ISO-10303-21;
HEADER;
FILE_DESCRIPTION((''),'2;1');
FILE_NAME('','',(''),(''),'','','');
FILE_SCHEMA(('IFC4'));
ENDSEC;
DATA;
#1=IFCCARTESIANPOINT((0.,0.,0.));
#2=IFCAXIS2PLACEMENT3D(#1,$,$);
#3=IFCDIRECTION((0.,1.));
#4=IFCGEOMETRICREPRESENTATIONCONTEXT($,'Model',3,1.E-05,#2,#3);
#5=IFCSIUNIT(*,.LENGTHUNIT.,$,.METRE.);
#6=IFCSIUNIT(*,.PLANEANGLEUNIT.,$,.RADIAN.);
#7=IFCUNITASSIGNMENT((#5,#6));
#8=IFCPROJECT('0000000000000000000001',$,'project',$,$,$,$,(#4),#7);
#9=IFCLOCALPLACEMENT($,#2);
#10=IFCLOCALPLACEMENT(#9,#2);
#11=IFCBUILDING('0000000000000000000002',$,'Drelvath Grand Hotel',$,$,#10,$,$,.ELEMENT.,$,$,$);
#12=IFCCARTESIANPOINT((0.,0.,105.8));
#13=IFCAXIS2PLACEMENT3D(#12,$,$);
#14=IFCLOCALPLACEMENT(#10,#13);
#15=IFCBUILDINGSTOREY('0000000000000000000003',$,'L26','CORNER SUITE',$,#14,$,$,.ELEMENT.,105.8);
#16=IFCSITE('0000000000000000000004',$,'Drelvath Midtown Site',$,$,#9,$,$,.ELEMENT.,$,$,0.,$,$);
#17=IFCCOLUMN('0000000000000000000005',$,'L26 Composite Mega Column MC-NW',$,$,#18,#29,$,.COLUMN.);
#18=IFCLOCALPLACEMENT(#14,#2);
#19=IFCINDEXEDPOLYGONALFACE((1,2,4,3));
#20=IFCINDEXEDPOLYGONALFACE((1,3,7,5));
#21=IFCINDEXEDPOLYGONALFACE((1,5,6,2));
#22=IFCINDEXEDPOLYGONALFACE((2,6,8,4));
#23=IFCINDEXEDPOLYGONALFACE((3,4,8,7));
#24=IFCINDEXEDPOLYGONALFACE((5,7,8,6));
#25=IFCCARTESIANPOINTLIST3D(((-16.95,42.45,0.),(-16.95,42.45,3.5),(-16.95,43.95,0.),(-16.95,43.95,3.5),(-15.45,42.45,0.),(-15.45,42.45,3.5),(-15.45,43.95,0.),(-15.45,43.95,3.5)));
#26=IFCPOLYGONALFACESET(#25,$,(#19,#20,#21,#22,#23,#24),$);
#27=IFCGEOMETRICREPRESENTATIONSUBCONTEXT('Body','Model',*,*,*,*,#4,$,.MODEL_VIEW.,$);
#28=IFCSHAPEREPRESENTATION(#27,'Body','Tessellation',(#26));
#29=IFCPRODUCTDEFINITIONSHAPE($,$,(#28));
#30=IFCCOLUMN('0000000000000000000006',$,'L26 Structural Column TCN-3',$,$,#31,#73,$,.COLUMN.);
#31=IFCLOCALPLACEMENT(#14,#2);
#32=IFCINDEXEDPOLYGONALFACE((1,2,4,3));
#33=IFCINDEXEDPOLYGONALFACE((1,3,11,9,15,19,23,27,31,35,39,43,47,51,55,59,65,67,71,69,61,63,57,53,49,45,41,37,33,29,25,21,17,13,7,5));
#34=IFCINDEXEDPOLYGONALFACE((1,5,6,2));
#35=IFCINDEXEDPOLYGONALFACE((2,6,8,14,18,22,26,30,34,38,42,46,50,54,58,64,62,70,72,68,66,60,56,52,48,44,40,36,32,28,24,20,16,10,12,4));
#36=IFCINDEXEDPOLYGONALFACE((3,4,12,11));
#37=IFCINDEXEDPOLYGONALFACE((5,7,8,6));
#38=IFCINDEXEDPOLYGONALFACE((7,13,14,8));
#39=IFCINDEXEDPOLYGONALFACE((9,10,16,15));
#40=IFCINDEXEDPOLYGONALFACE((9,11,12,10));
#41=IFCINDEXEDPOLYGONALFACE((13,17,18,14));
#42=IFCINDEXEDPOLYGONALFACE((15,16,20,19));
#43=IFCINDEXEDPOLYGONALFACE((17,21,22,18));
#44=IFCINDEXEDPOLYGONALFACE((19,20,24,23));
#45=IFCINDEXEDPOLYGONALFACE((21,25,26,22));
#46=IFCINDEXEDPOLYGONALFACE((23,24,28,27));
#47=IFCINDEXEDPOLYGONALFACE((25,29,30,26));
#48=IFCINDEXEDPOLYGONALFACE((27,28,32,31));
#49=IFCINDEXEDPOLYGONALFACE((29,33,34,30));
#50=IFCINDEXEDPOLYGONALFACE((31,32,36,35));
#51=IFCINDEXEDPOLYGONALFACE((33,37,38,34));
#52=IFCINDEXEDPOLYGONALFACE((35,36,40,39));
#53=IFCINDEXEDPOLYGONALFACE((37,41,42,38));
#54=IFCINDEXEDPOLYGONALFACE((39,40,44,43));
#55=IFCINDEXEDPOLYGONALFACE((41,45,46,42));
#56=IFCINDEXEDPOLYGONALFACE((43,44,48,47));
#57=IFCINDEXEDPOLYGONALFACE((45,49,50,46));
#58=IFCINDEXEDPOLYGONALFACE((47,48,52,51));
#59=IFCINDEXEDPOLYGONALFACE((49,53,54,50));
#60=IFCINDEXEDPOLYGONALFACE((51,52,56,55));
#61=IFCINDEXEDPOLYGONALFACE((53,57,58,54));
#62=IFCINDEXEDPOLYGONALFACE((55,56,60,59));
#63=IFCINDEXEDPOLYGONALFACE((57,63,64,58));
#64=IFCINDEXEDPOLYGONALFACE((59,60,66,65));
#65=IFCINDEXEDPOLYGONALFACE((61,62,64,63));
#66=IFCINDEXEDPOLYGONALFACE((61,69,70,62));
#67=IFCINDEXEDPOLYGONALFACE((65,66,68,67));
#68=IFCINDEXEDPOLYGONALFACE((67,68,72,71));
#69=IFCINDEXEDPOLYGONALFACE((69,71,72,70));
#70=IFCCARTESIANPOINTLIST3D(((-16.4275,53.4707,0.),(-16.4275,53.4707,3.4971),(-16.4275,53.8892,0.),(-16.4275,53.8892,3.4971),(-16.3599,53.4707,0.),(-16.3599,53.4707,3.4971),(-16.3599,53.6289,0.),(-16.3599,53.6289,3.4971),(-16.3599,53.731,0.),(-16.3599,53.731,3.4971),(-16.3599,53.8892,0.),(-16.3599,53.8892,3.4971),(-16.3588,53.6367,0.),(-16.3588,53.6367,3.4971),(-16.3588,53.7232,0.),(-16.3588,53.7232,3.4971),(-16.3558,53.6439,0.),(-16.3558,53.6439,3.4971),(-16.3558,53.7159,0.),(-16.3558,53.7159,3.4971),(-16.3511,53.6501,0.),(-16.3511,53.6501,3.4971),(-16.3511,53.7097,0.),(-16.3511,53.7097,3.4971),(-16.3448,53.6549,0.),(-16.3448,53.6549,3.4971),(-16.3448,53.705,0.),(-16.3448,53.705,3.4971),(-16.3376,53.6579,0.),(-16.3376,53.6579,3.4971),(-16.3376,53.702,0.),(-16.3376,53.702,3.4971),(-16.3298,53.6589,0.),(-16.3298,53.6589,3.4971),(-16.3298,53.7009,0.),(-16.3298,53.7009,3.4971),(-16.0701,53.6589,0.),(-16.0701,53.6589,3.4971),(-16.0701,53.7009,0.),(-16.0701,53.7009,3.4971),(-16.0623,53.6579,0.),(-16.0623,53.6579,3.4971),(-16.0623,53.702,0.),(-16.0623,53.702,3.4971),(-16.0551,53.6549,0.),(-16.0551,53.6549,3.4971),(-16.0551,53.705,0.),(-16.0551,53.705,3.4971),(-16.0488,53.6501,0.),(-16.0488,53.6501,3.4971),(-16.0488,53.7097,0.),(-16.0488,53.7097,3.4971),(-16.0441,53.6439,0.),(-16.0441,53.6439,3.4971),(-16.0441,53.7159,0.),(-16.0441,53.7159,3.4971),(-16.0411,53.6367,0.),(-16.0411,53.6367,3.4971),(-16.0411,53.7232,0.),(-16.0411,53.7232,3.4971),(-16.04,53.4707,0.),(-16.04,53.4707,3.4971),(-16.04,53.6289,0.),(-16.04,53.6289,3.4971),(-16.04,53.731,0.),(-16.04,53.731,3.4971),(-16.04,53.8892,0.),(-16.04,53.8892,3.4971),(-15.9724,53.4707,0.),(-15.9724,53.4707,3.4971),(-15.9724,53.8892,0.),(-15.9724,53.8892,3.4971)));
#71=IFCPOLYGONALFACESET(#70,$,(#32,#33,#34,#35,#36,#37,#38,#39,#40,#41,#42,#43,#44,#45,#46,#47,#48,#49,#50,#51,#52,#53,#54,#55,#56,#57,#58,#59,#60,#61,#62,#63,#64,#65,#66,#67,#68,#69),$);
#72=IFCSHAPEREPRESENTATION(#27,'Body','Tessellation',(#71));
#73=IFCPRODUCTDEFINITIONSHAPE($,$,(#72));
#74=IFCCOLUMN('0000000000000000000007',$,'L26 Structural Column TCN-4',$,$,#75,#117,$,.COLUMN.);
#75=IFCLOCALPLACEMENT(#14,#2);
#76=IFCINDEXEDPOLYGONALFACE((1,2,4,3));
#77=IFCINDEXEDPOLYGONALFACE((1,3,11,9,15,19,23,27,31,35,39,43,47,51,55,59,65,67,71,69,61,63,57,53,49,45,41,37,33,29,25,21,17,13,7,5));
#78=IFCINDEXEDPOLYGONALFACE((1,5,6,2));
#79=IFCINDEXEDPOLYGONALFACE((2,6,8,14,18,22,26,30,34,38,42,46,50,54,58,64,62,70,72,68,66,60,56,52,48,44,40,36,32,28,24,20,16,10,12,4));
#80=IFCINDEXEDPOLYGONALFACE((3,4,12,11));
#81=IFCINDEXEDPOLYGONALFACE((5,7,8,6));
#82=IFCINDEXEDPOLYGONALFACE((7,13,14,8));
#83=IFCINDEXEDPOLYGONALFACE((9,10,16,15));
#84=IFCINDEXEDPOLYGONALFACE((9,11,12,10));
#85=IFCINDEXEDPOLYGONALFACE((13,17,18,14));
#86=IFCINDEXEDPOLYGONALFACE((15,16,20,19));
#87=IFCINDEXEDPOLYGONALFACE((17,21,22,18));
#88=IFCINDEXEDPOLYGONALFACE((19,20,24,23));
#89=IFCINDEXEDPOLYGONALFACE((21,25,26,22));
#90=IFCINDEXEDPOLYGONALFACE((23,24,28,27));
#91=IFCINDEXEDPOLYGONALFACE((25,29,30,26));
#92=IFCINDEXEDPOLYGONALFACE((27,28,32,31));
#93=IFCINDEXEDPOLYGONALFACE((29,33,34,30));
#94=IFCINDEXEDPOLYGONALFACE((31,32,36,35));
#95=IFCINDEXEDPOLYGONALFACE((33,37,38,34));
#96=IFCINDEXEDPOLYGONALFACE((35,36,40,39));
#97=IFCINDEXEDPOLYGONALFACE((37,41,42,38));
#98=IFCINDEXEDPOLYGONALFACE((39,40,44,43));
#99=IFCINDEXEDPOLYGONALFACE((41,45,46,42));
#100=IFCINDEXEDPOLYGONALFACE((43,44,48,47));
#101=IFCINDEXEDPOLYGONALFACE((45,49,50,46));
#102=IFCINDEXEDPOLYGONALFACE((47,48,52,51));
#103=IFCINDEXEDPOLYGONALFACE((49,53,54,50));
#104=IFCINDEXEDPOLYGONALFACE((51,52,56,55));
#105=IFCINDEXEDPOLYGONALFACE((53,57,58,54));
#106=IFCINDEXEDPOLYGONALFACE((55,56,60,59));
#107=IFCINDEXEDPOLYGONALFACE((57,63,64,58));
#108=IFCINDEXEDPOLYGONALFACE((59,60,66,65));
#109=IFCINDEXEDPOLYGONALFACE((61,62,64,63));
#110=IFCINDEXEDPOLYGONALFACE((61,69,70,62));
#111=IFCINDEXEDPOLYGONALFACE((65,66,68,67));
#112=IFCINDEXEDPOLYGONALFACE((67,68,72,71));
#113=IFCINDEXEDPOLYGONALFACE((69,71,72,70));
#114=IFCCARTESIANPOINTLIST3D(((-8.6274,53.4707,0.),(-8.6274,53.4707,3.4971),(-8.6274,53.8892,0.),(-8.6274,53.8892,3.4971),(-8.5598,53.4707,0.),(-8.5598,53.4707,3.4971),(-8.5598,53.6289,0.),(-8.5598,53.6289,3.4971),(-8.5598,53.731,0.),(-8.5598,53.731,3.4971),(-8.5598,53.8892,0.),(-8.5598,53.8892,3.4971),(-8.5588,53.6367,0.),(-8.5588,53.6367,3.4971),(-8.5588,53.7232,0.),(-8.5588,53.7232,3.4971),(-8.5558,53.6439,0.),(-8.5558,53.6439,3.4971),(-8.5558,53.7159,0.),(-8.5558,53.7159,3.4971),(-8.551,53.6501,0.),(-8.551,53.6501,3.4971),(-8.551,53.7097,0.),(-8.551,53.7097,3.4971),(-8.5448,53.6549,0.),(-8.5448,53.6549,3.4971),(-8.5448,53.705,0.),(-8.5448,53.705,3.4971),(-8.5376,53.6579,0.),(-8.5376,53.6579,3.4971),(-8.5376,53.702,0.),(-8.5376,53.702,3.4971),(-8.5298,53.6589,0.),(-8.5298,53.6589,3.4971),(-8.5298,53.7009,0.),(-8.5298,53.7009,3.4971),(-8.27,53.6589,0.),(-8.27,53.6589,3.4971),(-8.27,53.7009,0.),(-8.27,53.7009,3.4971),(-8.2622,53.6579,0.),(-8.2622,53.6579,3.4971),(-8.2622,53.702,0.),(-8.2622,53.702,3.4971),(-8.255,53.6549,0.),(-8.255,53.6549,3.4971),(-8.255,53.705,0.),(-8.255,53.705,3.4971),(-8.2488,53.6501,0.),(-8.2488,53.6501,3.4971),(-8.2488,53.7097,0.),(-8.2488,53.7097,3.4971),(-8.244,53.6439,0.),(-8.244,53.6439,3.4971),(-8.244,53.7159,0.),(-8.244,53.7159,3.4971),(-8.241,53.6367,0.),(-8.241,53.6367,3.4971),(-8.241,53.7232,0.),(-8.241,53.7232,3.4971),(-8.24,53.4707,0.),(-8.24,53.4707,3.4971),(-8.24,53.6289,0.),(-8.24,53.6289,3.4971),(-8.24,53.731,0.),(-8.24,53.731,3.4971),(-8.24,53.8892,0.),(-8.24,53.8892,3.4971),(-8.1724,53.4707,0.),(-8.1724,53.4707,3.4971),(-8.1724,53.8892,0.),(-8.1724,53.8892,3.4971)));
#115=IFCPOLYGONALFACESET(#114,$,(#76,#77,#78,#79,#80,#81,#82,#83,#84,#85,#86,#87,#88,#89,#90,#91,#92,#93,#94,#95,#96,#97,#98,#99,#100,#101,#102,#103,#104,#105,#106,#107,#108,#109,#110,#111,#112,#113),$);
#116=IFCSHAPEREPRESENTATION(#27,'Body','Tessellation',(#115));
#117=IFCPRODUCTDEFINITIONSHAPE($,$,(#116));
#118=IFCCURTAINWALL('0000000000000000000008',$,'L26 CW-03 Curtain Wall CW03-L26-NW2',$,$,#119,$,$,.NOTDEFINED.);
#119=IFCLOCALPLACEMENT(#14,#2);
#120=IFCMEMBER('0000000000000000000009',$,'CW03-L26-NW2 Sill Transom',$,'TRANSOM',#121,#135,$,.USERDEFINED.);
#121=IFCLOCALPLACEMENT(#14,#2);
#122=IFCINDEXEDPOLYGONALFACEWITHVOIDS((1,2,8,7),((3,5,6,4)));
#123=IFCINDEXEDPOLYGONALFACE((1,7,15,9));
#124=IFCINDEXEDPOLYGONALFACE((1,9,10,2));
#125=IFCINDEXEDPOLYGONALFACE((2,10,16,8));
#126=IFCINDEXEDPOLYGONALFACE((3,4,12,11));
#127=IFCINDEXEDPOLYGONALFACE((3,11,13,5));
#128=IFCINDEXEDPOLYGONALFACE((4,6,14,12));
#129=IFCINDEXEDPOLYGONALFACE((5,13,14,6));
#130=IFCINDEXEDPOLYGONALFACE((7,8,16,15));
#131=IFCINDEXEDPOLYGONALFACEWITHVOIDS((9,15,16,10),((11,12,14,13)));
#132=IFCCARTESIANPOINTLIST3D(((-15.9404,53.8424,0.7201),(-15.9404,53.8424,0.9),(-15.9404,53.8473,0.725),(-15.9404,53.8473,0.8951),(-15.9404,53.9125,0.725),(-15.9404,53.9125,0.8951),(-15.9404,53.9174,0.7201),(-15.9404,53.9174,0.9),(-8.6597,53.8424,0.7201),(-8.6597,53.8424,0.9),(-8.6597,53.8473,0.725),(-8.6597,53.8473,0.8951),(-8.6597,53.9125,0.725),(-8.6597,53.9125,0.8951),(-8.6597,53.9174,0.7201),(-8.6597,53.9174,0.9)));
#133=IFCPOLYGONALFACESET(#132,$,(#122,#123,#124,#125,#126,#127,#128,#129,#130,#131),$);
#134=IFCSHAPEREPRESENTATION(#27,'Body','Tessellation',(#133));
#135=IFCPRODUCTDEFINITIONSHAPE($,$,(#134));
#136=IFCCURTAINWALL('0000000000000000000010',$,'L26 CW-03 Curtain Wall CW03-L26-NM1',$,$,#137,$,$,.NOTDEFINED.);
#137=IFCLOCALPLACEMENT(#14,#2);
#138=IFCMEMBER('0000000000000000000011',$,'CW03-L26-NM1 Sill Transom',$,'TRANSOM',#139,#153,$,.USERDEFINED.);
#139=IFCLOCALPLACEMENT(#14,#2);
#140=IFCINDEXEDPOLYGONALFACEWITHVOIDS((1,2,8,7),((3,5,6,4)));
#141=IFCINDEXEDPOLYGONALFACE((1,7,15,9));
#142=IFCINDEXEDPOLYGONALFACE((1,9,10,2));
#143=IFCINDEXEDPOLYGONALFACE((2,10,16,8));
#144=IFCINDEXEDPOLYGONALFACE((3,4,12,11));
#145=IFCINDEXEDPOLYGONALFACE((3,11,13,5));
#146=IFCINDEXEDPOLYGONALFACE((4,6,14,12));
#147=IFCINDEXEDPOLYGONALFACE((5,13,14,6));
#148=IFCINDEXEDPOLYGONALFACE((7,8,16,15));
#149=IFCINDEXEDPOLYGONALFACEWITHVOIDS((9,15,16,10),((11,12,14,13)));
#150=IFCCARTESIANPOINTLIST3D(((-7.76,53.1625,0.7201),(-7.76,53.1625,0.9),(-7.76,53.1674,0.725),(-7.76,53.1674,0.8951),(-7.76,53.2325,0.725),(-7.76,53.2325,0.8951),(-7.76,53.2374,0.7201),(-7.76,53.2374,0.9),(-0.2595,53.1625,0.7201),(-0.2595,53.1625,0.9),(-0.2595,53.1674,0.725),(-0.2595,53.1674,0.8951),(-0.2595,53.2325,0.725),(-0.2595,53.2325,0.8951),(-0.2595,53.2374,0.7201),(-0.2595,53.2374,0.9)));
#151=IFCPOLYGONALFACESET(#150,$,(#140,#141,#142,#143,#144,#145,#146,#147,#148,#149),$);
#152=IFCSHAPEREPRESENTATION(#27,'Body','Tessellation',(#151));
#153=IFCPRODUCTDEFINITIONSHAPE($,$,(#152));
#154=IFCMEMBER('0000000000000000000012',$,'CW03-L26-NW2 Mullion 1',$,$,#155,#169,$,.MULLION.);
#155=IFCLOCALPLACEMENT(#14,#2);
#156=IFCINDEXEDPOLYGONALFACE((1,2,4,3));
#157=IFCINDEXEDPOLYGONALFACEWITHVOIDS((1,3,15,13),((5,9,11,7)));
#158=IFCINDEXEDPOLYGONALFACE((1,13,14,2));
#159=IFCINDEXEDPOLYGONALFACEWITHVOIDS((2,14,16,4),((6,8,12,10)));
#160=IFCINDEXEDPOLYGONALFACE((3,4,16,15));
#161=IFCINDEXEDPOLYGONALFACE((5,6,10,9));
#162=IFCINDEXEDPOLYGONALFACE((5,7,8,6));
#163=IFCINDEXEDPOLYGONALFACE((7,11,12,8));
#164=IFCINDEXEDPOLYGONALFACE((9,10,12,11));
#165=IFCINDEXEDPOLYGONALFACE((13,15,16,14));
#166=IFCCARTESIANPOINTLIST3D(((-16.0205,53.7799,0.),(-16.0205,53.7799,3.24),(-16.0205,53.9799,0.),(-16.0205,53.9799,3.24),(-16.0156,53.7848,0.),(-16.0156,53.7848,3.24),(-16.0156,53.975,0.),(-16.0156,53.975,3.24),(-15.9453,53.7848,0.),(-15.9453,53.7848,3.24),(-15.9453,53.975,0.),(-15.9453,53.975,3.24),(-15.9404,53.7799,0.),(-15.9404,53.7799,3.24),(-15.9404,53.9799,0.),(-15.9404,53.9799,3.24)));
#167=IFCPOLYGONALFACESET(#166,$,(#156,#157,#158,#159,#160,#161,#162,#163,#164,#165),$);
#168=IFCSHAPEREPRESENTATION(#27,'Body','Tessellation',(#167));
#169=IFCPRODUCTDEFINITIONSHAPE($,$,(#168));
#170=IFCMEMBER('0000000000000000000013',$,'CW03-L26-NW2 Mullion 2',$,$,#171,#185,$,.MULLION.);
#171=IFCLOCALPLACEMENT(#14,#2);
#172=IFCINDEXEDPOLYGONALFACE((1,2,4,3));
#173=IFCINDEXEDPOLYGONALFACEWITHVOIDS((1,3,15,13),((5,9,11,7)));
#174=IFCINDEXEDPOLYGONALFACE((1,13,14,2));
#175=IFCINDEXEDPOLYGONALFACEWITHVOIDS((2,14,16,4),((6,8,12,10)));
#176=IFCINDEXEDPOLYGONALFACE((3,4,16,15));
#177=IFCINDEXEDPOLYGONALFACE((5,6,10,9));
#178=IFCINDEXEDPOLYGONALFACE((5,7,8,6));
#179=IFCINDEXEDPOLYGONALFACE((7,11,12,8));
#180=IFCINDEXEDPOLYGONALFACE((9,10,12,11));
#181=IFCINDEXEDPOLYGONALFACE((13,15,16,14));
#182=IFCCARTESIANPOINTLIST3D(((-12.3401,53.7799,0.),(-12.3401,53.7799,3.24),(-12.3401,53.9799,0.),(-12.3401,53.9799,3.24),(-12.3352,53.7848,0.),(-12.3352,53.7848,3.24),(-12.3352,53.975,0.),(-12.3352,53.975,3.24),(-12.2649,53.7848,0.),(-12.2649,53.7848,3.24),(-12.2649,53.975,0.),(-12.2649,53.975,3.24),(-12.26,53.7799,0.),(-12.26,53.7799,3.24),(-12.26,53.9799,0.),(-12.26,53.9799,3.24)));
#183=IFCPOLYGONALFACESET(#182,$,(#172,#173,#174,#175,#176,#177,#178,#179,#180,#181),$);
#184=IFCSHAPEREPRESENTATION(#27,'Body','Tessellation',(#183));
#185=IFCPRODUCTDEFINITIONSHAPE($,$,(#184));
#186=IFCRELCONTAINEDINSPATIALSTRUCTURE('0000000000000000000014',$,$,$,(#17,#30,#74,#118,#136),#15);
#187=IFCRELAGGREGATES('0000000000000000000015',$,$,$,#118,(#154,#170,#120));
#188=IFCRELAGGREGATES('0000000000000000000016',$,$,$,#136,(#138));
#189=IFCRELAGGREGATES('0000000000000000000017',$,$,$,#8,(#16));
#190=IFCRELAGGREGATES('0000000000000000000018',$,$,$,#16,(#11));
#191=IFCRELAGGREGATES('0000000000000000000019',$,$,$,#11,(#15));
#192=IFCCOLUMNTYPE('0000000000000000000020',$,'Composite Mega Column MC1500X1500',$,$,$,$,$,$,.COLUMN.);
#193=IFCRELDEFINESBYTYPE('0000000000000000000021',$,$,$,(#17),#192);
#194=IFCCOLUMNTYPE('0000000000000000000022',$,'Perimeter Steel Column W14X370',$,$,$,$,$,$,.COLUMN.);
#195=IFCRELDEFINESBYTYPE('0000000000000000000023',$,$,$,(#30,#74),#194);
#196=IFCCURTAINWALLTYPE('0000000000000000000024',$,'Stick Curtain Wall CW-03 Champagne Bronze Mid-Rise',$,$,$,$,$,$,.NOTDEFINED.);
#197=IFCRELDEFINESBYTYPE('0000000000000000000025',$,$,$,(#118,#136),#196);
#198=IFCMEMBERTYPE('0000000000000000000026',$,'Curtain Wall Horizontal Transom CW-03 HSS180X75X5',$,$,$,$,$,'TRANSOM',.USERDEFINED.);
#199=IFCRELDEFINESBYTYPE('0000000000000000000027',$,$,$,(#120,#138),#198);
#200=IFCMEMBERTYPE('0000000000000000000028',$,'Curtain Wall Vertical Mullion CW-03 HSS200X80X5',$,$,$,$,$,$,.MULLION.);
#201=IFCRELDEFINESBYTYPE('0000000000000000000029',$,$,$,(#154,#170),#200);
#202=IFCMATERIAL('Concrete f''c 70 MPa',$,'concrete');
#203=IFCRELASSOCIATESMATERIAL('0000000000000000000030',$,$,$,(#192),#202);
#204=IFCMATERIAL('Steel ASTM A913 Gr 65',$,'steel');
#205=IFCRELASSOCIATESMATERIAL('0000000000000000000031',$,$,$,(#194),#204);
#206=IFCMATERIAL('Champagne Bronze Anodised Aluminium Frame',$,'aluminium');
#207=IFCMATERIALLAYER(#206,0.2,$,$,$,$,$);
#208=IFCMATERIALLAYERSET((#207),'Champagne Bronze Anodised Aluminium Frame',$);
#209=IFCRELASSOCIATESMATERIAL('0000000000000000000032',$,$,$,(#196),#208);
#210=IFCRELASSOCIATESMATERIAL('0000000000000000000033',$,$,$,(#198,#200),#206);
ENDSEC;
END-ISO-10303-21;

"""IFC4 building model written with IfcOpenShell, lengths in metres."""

from ifc_helpers import new_model, si_unit, direction, frame, origin, origin_2d, place, context, subcontext, project, spatial, rectangle, hollow_rectangle, i_section, extrude, material, layer, layer_set, material_profile, profile_set, type_object, element, aggregate, save


model = new_model("IFC4")

# Units and contexts
model_context = context("Model", 3, precision=1e-05, world=origin(), true_north=direction((0.0, 1.0)))
body_context = subcontext(model_context, "Body", "Model", "MODEL_VIEW")
ifc_project = project(units=[si_unit("LENGTHUNIT", "METRE"), si_unit("PLANEANGLEUNIT", "RADIAN")], contexts=[model_context])

# Site, building, storey
site_placement = place(None, origin())
site = spatial("IfcSite", under=ifc_project, at=site_placement, Name="Drelvath Midtown Site", CompositionType="ELEMENT", RefElevation=0.0)
building_placement = place(site_placement, origin())
building = spatial("IfcBuilding", under=site, at=building_placement, Name="Drelvath Grand Hotel", CompositionType="ELEMENT")
storey_placement = place(building_placement, frame((0.0, 0.0, 105.8)))
storey = spatial("IfcBuildingStorey", under=building, at=storey_placement, Name="L26", Description="CORNER SUITE", CompositionType="ELEMENT", Elevation=105.8)

# Columns
ifc_material_1 = material(Name="Concrete f'c 70 MPa", Category="concrete")
ifc_material_profile_1 = material_profile(ifc_material_1, rectangle(XDim=1.5, YDim=1.5, at=origin_2d()), Name="MC1500X1500")
ifc_profile_set_1 = profile_set([ifc_material_profile_1], Name="Concrete f'c 70 MPa")
column_type_1 = type_object("IfcColumnType", Name="Composite Mega Column MC1500X1500", PredefinedType="COLUMN", material=ifc_profile_set_1)
column_placement = place(storey_placement, frame((-16.2, 43.2, 0.0), z_axis=(0.0, 0.0, 1.0), x_axis=(1.0, 0.0, 0.0)))
element("IfcColumn", 1, at=column_placement, inside=storey, type_object=column_type_1, Name="L26 Composite Mega Column MC-NW", PredefinedType="COLUMN", context=body_context, shape_type="SweptSolid", body=[
    extrude(rectangle(XDim=1.5, YDim=1.5, at=origin_2d()), origin(), (0.0, 0.0, 1.0), 3.5),
])
ifc_material_2 = material(Name="Steel ASTM A913 Gr 65", Category="steel")
ifc_material_profile_2 = material_profile(ifc_material_2, i_section(OverallWidth=0.4185, OverallDepth=0.4551, WebThickness=0.042, FlangeThickness=0.0676, FilletRadius=0.03, at=origin_2d()), Name="W14X370")
ifc_profile_set_2 = profile_set([ifc_material_profile_2], Name="Steel ASTM A913 Gr 65")
column_type_2 = type_object("IfcColumnType", Name="Perimeter Steel Column W14X370", PredefinedType="COLUMN", material=ifc_profile_set_2)
for number, where, z_axis, x_axis, name in (
    (2, (-16.2, 53.6799, 0.0), (0.0, 0.0, 1.0), (0.0, 1.0, 0.0), "L26 Structural Column TCN-3"),
    (3, (-8.3999, 53.6799, 0.0), (0.0, 0.0, 1.0), (0.0, 1.0, 0.0), "L26 Structural Column TCN-4"),
):
    element("IfcColumn", number, at=place(storey_placement, frame(where, z_axis=z_axis, x_axis=x_axis)), inside=storey, type_object=column_type_2, Name=name, PredefinedType="COLUMN", context=body_context, shape_type="SweptSolid", body=[
        extrude(i_section(OverallWidth=0.4185, OverallDepth=0.4551, WebThickness=0.042, FlangeThickness=0.0676, FilletRadius=0.03, at=origin_2d()), origin(), (0.0, 0.0, 1.0), 3.4971),
    ])

# Curtain walls, members
ifc_material_3 = material(Name="Champagne Bronze Anodised Aluminium Frame", Category="aluminium")
ifc_layer_1 = layer(ifc_material_3, 0.2)
ifc_layer_set_1 = layer_set([ifc_layer_1], Name="Champagne Bronze Anodised Aluminium Frame")
curtain_wall_type = type_object("IfcCurtainWallType", Name="Stick Curtain Wall CW-03 Champagne Bronze Mid-Rise", PredefinedType="NOTDEFINED", material=ifc_layer_set_1)
curtain_wall_1_placement = place(storey_placement, origin())
curtain_wall_1 = element("IfcCurtainWall", 4, at=curtain_wall_1_placement, inside=storey, type_object=curtain_wall_type, Name="L26 CW-03 Curtain Wall CW03-L26-NW2", PredefinedType="NOTDEFINED")
ifc_material_profile_3 = material_profile(ifc_material_3, hollow_rectangle(XDim=0.075, YDim=0.1799, WallThickness=0.0049, at=origin_2d()), Name="HSS180X75X5")
ifc_profile_set_3 = profile_set([ifc_material_profile_3], Name="Champagne Bronze Anodised Aluminium Frame")
member_type_1 = type_object("IfcMemberType", Name="Curtain Wall Horizontal Transom CW-03 HSS180X75X5", ElementType="TRANSOM", PredefinedType="USERDEFINED", material=ifc_profile_set_3)
member_1_placement = place(storey_placement, frame((-15.9404, 53.8799, 0.8101), z_axis=(1.0, 0.0, 0.0), x_axis=(0.0, 1.0, 0.0)))
member_1 = element("IfcMember", 5, at=member_1_placement, type_object=member_type_1, Name="CW03-L26-NW2 Sill Transom", ObjectType="TRANSOM", PredefinedType="USERDEFINED", context=body_context, shape_type="SweptSolid", body=[
    extrude(hollow_rectangle(XDim=0.075, YDim=0.1799, WallThickness=0.0049, at=origin_2d()), origin(), (0.0, 0.0, 1.0), 7.2808),
])
curtain_wall_2_placement = place(storey_placement, origin())
curtain_wall_2 = element("IfcCurtainWall", 6, at=curtain_wall_2_placement, inside=storey, type_object=curtain_wall_type, Name="L26 CW-03 Curtain Wall CW03-L26-NM1", PredefinedType="NOTDEFINED")
member_2_placement = place(storey_placement, frame((-7.76, 53.2, 0.8101), z_axis=(1.0, 0.0, 0.0), x_axis=(0.0, 1.0, 0.0)))
member_2 = element("IfcMember", 7, at=member_2_placement, type_object=member_type_1, Name="CW03-L26-NM1 Sill Transom", ObjectType="TRANSOM", PredefinedType="USERDEFINED", context=body_context, shape_type="SweptSolid", body=[
    extrude(hollow_rectangle(XDim=0.075, YDim=0.1799, WallThickness=0.0049, at=origin_2d()), origin(), (0.0, 0.0, 1.0), 7.5005),
])

# Members
ifc_material_profile_4 = material_profile(ifc_material_3, hollow_rectangle(XDim=0.0801, YDim=0.2, WallThickness=0.0049, at=origin_2d()), Name="HSS200X80X5")
ifc_profile_set_4 = profile_set([ifc_material_profile_4], Name="Champagne Bronze Anodised Aluminium Frame")
member_type_2 = type_object("IfcMemberType", Name="Curtain Wall Vertical Mullion CW-03 HSS200X80X5", PredefinedType="MULLION", material=ifc_profile_set_4)
member_3_placement = place(storey_placement, frame((-15.9805, 53.8799, 0.0), z_axis=(0.0, 0.0, 1.0), x_axis=(1.0, 0.0, 0.0)))
member_3 = element("IfcMember", 8, at=member_3_placement, type_object=member_type_2, Name="CW03-L26-NW2 Mullion 1", PredefinedType="MULLION", context=body_context, shape_type="SweptSolid", body=[
    extrude(hollow_rectangle(XDim=0.0801, YDim=0.2, WallThickness=0.0049, at=origin_2d()), origin(), (0.0, 0.0, 1.0), 3.24),
])
member_4_placement = place(storey_placement, frame((-12.3, 53.8799, 0.0), z_axis=(0.0, 0.0, 1.0), x_axis=(1.0, 0.0, 0.0)))
member_4 = element("IfcMember", 9, at=member_4_placement, type_object=member_type_2, Name="CW03-L26-NW2 Mullion 2", PredefinedType="MULLION", context=body_context, shape_type="SweptSolid", body=[
    extrude(hollow_rectangle(XDim=0.0801, YDim=0.2, WallThickness=0.0049, at=origin_2d()), origin(), (0.0, 0.0, 1.0), 3.24),
])

aggregate(curtain_wall_1, [member_3, member_4, member_1])
aggregate(curtain_wall_2, [member_2])

save(model, "model.ifc")
